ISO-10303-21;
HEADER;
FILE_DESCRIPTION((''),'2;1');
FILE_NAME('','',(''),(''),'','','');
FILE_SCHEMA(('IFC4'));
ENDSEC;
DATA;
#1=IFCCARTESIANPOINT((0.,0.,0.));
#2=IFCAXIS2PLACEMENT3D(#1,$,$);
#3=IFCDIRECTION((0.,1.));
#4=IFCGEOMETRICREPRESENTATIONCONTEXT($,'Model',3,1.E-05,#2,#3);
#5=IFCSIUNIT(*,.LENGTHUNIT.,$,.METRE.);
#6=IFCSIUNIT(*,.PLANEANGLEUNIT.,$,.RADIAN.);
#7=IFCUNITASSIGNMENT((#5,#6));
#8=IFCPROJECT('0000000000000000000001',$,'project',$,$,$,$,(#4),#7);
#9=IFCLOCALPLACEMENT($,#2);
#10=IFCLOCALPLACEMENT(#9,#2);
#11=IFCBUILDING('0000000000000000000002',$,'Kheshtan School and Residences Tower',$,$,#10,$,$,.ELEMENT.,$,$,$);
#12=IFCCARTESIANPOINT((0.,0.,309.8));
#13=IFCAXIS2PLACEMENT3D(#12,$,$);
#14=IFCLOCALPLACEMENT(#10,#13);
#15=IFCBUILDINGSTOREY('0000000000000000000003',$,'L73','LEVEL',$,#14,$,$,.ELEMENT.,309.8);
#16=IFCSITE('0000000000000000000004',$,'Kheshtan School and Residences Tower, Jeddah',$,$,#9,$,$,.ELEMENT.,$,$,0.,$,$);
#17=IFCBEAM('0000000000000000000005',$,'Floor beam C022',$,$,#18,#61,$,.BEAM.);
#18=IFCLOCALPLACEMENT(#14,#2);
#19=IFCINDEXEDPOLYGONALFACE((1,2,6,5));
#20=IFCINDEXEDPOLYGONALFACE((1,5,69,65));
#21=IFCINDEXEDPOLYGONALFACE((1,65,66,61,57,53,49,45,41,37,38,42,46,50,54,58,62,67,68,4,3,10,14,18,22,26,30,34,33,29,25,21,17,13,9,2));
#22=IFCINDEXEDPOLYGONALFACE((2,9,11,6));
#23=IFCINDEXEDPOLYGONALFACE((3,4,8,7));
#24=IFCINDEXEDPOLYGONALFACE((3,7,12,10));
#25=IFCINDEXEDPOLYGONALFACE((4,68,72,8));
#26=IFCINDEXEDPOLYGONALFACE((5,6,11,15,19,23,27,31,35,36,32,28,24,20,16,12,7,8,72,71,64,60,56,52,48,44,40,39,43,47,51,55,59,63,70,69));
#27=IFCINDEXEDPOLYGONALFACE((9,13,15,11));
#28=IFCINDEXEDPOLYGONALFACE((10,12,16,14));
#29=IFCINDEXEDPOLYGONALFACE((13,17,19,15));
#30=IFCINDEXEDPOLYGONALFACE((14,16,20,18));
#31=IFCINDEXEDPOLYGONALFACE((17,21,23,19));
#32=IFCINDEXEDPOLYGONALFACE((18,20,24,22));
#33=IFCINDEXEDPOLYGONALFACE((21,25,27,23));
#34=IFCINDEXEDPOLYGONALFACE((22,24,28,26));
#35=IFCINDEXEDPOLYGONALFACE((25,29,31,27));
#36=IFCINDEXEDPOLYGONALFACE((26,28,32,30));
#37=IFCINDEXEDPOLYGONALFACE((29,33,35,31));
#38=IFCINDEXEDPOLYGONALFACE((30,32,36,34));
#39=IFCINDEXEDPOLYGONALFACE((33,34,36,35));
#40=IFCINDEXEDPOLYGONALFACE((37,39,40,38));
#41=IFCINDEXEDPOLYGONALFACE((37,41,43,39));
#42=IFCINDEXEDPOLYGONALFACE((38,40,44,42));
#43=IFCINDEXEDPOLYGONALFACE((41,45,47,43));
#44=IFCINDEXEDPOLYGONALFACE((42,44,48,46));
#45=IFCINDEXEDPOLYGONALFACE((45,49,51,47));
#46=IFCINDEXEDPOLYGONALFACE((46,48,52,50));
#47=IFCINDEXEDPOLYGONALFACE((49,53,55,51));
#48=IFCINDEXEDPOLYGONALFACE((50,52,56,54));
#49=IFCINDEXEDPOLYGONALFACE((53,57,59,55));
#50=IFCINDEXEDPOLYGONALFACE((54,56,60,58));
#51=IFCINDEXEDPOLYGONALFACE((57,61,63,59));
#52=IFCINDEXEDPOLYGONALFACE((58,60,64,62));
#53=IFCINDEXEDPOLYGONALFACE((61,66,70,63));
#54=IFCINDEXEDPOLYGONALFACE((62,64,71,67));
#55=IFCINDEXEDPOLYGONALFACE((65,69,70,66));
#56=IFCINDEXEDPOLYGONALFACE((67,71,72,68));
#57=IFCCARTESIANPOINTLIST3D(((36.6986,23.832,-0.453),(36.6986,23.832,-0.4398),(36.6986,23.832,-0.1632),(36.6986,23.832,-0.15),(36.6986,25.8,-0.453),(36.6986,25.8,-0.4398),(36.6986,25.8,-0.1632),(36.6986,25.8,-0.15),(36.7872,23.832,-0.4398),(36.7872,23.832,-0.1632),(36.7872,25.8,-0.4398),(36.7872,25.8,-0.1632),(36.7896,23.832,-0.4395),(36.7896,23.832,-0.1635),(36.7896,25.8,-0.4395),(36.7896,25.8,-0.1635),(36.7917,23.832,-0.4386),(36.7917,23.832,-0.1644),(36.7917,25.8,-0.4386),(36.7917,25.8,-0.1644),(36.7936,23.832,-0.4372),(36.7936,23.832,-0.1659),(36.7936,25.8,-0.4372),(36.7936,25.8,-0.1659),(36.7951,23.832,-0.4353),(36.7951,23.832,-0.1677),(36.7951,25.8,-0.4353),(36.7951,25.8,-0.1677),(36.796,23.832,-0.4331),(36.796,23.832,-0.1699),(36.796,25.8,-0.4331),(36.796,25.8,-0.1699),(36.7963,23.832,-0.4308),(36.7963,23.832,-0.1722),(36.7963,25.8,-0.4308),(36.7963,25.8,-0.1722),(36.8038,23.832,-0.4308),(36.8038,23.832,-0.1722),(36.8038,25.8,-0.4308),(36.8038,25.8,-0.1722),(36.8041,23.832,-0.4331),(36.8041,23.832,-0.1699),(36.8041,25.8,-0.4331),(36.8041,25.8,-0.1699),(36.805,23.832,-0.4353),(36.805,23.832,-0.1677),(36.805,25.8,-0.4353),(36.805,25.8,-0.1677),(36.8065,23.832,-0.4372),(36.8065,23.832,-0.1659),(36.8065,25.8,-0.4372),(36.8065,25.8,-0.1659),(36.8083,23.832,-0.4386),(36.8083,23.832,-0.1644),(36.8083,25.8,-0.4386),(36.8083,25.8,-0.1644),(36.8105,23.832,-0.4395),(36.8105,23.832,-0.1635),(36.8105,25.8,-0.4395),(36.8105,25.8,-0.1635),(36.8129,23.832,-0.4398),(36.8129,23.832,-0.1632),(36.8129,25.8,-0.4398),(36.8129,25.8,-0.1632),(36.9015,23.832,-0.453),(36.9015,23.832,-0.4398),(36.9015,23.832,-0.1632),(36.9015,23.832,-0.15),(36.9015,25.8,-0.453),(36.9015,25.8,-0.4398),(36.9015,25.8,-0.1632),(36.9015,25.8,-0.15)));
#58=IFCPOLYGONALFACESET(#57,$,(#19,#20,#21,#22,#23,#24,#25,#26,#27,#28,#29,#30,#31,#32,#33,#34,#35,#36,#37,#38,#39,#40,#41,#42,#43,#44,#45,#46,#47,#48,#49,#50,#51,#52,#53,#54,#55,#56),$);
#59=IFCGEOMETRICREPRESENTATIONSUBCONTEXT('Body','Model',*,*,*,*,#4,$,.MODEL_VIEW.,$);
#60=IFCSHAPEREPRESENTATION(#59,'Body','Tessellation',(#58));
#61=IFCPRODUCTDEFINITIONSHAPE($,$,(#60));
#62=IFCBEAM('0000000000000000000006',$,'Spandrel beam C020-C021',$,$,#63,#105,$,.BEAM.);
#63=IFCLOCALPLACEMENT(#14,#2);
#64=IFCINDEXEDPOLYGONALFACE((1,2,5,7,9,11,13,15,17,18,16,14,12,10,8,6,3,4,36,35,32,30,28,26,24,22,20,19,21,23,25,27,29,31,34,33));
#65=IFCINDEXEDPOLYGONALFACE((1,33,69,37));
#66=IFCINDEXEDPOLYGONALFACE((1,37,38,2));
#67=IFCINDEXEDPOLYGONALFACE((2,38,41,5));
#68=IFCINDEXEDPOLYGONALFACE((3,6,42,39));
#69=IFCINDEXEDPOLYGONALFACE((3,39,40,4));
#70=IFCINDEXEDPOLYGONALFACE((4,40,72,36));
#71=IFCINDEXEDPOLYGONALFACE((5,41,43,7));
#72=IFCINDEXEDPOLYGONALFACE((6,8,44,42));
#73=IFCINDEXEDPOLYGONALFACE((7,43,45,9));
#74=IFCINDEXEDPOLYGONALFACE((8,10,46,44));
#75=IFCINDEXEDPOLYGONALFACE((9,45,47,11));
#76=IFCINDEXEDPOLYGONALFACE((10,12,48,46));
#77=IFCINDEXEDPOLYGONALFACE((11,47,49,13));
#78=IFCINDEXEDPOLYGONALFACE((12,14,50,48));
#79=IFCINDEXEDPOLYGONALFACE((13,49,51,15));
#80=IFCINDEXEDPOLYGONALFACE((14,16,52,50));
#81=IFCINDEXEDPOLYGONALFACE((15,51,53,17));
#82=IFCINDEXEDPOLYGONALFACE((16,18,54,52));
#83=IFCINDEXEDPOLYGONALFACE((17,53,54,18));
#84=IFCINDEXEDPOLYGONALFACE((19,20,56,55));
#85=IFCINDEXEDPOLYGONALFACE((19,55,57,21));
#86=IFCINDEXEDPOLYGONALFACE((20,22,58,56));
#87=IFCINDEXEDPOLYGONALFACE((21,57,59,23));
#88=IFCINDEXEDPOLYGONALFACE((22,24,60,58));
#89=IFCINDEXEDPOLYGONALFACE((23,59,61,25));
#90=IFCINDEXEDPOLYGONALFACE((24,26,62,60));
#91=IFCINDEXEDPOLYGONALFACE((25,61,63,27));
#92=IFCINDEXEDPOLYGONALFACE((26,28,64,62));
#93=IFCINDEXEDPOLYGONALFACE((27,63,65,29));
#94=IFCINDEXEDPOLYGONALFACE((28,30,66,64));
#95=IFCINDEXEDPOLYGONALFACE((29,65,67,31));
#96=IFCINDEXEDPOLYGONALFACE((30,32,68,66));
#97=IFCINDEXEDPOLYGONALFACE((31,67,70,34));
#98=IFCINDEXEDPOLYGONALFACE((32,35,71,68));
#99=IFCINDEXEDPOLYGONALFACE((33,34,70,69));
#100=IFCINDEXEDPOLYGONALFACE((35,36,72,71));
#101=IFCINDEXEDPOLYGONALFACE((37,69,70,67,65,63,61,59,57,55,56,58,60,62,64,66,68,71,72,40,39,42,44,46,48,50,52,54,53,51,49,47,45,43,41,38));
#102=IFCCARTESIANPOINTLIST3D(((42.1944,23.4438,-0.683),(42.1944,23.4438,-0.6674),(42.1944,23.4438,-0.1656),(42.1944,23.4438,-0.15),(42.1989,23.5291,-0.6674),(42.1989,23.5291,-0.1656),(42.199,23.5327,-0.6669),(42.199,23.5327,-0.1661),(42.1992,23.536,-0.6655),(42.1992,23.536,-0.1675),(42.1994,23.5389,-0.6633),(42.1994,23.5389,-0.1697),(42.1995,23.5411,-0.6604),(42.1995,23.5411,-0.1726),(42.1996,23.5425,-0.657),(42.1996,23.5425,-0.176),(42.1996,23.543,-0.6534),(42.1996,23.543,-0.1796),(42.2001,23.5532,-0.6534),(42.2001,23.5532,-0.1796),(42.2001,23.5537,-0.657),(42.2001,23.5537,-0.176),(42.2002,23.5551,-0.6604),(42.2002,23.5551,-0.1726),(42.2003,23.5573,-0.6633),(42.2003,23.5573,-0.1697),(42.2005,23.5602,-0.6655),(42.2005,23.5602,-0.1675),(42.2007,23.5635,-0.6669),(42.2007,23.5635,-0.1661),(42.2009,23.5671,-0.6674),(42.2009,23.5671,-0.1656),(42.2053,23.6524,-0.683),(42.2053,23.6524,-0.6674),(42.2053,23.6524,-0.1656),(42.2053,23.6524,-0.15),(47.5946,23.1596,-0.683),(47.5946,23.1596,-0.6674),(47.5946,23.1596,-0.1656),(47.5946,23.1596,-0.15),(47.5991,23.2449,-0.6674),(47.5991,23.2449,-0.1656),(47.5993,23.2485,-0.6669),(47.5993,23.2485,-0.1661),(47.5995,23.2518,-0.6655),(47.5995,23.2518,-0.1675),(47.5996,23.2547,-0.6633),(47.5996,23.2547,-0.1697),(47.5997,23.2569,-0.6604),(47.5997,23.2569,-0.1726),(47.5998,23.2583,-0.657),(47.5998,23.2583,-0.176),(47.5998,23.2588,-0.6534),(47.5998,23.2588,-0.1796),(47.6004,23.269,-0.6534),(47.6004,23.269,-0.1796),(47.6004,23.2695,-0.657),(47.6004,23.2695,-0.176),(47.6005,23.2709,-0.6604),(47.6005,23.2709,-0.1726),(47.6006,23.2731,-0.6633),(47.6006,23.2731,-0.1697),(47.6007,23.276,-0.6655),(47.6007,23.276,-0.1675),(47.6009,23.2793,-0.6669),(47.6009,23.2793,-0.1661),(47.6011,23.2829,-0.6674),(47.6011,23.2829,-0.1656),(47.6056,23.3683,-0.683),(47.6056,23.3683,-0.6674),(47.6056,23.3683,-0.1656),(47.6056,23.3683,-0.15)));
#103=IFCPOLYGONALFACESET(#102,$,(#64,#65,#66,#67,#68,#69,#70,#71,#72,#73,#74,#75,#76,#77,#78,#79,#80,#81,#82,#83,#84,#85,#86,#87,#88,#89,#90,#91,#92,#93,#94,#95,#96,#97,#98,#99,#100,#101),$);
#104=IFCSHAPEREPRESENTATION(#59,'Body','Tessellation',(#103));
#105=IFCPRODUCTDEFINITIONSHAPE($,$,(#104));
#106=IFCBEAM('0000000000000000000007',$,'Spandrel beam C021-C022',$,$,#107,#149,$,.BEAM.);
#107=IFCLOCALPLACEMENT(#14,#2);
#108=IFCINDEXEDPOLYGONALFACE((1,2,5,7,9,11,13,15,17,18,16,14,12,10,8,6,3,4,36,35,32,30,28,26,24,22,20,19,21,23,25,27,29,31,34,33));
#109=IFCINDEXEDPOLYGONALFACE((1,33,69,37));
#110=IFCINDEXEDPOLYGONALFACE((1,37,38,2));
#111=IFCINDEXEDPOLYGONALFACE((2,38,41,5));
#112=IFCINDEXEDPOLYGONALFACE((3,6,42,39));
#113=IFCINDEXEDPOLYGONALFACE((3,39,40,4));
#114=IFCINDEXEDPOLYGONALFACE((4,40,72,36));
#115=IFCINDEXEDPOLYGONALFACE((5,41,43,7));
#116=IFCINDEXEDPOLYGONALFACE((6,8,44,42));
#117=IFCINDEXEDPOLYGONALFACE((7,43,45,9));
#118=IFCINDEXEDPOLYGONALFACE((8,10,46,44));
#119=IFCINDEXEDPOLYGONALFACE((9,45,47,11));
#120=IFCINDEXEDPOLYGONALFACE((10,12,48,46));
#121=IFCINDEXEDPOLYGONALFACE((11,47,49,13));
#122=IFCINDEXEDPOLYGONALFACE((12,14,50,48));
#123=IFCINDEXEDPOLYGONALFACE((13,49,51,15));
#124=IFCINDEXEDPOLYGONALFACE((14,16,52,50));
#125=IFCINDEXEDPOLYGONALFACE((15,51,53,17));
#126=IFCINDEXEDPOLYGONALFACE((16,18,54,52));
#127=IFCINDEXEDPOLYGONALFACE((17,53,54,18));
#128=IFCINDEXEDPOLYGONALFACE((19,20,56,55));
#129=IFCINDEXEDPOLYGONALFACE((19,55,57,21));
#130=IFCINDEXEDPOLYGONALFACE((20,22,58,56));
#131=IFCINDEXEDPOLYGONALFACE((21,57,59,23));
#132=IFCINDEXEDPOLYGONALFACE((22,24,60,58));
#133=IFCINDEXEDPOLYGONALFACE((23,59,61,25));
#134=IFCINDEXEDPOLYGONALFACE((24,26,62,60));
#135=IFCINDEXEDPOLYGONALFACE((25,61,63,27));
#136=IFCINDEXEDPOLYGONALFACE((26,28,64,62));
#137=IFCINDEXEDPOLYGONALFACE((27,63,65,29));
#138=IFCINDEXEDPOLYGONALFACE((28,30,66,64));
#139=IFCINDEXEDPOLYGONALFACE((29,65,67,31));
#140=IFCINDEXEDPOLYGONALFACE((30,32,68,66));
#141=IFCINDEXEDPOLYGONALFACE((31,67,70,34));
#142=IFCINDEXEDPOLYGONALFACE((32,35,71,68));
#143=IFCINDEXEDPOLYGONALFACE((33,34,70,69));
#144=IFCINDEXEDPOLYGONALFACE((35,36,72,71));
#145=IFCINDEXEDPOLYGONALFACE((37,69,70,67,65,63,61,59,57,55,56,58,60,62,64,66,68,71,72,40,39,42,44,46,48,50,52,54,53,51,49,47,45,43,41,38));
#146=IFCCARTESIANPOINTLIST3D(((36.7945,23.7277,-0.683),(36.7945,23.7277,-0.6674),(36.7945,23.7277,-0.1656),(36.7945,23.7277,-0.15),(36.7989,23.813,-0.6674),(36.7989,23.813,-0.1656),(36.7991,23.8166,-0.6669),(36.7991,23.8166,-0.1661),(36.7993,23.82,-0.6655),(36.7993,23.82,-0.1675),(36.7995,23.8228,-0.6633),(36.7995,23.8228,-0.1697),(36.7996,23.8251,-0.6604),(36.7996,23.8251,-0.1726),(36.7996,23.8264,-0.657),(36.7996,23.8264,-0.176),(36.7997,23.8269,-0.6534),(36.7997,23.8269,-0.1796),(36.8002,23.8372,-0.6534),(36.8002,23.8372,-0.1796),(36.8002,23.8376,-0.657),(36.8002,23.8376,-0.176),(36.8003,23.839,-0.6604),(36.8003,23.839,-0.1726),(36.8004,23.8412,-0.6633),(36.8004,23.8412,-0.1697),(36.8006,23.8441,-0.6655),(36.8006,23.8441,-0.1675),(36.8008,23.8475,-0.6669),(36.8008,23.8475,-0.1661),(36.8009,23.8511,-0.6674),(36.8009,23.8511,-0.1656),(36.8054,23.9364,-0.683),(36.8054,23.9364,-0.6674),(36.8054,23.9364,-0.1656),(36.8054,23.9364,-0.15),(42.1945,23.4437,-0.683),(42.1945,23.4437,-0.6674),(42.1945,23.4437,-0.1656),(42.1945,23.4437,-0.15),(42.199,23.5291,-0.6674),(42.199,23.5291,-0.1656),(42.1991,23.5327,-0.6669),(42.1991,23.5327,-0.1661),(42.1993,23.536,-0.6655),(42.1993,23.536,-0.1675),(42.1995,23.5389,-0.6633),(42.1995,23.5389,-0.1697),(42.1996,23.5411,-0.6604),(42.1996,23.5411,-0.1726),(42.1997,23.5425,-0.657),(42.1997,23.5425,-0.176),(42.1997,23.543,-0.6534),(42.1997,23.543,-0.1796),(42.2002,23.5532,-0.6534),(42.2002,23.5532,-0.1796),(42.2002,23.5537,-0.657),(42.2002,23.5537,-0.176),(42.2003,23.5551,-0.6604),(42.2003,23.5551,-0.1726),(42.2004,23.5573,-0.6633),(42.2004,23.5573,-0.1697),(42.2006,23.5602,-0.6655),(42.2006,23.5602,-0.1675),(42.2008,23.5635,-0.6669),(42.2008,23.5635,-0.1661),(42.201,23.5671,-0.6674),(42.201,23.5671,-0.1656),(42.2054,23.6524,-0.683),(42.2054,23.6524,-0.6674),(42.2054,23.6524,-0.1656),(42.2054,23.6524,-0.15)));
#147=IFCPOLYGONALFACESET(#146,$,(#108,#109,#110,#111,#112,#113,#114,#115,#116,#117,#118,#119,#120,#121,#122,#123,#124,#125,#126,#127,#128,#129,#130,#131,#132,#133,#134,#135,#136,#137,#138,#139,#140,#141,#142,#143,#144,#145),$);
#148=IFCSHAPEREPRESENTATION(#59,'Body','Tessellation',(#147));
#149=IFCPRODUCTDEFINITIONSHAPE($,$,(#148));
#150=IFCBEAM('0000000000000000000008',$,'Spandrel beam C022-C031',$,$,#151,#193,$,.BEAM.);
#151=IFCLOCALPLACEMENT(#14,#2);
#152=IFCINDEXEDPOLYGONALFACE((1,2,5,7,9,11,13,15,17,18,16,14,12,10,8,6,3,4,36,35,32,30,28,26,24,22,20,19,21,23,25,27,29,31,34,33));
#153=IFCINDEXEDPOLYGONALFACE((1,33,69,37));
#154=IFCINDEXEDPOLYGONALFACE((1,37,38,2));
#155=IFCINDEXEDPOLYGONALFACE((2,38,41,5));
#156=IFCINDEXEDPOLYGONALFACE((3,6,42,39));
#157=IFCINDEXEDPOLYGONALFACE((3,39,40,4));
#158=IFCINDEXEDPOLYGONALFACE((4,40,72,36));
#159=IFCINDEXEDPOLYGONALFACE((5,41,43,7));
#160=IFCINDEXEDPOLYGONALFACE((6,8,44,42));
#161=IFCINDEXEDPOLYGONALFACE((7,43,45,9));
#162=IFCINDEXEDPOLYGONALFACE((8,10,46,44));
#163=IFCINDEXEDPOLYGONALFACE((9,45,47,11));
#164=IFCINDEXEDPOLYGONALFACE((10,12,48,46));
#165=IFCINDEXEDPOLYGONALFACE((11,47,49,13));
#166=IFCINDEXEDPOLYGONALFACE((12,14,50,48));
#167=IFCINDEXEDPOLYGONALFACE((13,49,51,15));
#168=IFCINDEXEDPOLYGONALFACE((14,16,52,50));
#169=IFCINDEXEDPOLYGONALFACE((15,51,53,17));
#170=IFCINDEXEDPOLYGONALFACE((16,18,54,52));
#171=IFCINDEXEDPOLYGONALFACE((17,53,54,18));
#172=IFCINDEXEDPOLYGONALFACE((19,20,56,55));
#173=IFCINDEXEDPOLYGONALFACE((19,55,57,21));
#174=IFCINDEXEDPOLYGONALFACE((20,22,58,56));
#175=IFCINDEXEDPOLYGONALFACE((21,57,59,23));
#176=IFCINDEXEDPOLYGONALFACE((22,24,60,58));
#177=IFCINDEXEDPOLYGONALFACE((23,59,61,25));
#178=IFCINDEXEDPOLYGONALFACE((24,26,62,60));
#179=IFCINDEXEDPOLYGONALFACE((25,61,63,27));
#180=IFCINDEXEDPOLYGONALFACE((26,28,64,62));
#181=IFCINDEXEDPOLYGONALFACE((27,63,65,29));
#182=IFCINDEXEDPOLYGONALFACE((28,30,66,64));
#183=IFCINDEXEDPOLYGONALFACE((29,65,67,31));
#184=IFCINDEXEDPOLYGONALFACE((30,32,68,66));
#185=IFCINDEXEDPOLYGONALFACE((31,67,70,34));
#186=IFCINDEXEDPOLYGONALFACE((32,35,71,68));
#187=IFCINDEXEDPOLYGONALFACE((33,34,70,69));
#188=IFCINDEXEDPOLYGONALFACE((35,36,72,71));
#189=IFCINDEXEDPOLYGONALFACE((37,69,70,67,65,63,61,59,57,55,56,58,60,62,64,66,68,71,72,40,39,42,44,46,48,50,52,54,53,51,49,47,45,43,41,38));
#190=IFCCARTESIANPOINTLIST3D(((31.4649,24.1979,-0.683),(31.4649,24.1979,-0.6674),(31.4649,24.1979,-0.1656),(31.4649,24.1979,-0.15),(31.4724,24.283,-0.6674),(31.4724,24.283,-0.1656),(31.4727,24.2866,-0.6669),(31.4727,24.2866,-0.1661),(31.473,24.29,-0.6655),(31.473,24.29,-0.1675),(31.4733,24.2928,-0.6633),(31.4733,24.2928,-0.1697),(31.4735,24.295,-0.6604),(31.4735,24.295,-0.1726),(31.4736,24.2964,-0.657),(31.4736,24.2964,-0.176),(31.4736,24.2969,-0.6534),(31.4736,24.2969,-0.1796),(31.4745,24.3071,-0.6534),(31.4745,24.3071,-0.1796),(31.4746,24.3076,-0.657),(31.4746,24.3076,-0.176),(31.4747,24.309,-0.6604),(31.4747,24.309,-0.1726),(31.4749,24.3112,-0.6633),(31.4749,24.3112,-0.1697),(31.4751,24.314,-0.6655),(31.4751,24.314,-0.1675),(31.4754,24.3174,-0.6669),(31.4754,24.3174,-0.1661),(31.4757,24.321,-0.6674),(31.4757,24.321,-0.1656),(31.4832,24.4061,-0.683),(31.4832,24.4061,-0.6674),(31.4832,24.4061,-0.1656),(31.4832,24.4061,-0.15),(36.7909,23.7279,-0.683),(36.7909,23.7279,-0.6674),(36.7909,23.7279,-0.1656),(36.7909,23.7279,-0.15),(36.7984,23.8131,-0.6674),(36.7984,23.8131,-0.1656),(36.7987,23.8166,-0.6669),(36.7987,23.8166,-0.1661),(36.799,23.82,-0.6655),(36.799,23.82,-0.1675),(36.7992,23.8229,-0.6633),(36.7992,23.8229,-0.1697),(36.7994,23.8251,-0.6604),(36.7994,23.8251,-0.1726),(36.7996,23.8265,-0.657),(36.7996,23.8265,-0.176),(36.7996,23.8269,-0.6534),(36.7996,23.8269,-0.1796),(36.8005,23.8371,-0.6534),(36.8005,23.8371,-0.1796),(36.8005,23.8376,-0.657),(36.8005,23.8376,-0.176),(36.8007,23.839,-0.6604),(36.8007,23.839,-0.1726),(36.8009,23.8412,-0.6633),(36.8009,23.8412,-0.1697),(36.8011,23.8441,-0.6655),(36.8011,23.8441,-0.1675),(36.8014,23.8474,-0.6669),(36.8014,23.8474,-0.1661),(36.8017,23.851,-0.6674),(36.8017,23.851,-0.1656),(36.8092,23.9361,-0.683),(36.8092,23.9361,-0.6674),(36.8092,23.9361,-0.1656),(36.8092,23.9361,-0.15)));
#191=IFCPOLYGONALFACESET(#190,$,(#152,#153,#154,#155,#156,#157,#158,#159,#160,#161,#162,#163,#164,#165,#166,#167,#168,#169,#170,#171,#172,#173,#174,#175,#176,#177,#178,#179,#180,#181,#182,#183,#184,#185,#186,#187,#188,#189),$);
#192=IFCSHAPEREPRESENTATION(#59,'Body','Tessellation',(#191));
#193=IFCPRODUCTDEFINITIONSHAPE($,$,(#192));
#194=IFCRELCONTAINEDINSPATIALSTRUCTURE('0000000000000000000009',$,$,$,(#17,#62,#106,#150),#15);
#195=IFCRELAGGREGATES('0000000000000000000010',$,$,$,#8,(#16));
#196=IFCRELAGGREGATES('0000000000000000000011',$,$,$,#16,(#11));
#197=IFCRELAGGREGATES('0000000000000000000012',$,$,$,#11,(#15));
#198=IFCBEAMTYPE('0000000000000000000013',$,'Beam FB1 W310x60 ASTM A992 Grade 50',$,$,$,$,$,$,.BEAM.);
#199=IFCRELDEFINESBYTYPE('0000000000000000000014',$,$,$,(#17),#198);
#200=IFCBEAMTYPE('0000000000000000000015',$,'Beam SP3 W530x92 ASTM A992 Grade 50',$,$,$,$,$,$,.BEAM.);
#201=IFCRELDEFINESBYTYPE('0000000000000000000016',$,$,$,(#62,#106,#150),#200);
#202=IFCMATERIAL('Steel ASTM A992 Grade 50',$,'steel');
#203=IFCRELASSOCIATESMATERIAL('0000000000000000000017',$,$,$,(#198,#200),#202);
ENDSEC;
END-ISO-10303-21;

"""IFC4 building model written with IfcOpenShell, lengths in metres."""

from ifc_helpers import new_model, si_unit, direction, frame, origin, origin_2d, place, context, subcontext, project, spatial, i_section, extrude, material, material_profile, profile_set, type_object, element, save


model = new_model("IFC4")

# Units and contexts
model_context = context("Model", 3, precision=1e-05, world=origin(), true_north=direction((0.0, 1.0)))
body_context = subcontext(model_context, "Body", "Model", "MODEL_VIEW")
ifc_project = project(units=[si_unit("LENGTHUNIT", "METRE"), si_unit("PLANEANGLEUNIT", "RADIAN")], contexts=[model_context])

# Site, building, storey
site_placement = place(None, origin())
site = spatial("IfcSite", under=ifc_project, at=site_placement, Name="Kheshtan School and Residences Tower, Jeddah", CompositionType="ELEMENT", RefElevation=0.0)
building_placement = place(site_placement, origin())
building = spatial("IfcBuilding", under=site, at=building_placement, Name="Kheshtan School and Residences Tower", CompositionType="ELEMENT")
storey_placement = place(building_placement, frame((0.0, 0.0, 309.8)))
storey = spatial("IfcBuildingStorey", under=building, at=storey_placement, Name="L73", Description="LEVEL", CompositionType="ELEMENT", Elevation=309.8)

# Shared definitions
ifc_material_1 = material(Name="Steel ASTM A992 Grade 50", Category="steel")

# Beams
ifc_material_profile_1 = material_profile(ifc_material_1, i_section(OverallWidth=0.2029, OverallDepth=0.303, WebThickness=0.0076, FlangeThickness=0.0132, FilletRadius=0.009, at=origin_2d()), Name="W310x60")
ifc_profile_set_1 = profile_set([ifc_material_profile_1], Name="Steel ASTM A992 Grade 50")
beam_type_1 = type_object("IfcBeamType", Name="Beam FB1 W310x60 ASTM A992 Grade 50", PredefinedType="BEAM", material=ifc_profile_set_1)
beam_1_placement = place(storey_placement, frame((36.8, 23.832, -0.3015), z_axis=(0.0, 1.0, 0.0), x_axis=(-1.0, 0.0, 0.0)))
element("IfcBeam", 1, at=beam_1_placement, inside=storey, type_object=beam_type_1, Name="Floor beam C022", PredefinedType="BEAM", context=body_context, shape_type="SweptSolid", body=[
    extrude(i_section(OverallWidth=0.2029, OverallDepth=0.303, WebThickness=0.0076, FlangeThickness=0.0132, FilletRadius=0.009, at=origin_2d()), origin(), (0.0, 0.0, 1.0), 1.968),
])
ifc_material_profile_2 = material_profile(ifc_material_1, i_section(OverallWidth=0.209, OverallDepth=0.533, WebThickness=0.0103, FlangeThickness=0.0156, FilletRadius=0.0139, at=origin_2d()), Name="W530x92")
ifc_profile_set_2 = profile_set([ifc_material_profile_2], Name="Steel ASTM A992 Grade 50")
beam_type_2 = type_object("IfcBeamType", Name="Beam SP3 W530x92 ASTM A992 Grade 50", PredefinedType="BEAM", material=ifc_profile_set_2)
beam_2_placement = place(storey_placement, frame((47.6001, 23.2639, -0.4165), z_axis=(-0.998618, 0.052552, 0.0), x_axis=(-0.052552, -0.998618, 0.0)))
element("IfcBeam", 2, at=beam_2_placement, inside=storey, type_object=beam_type_2, Name="Spandrel beam C020-C021", PredefinedType="BEAM", context=body_context, shape_type="SweptSolid", body=[
    extrude(i_section(OverallWidth=0.209, OverallDepth=0.533, WebThickness=0.0103, FlangeThickness=0.0156, FilletRadius=0.0139, at=origin_2d()), origin(), (0.0, 0.0, 1.0), 5.4077),
])
beam_3_placement = place(storey_placement, frame((42.2, 23.5481, -0.4165), z_axis=(-0.99862, 0.052509, 0.0), x_axis=(-0.052509, -0.99862, 0.0)))
element("IfcBeam", 3, at=beam_3_placement, inside=storey, type_object=beam_type_2, Name="Spandrel beam C021-C022", PredefinedType="BEAM", context=body_context, shape_type="SweptSolid", body=[
    extrude(i_section(OverallWidth=0.209, OverallDepth=0.533, WebThickness=0.0103, FlangeThickness=0.0156, FilletRadius=0.0139, at=origin_2d()), origin(), (0.0, 0.0, 1.0), 5.4075),
])
beam_4_placement = place(storey_placement, frame((36.8, 23.832, -0.4165), z_axis=(-0.996129, 0.0879, 0.0), x_axis=(-0.0879, -0.996129, 0.0)))
element("IfcBeam", 4, at=beam_4_placement, inside=storey, type_object=beam_type_2, Name="Spandrel beam C022-C031", PredefinedType="BEAM", context=body_context, shape_type="SweptSolid", body=[
    extrude(i_section(OverallWidth=0.209, OverallDepth=0.533, WebThickness=0.0103, FlangeThickness=0.0156, FilletRadius=0.0139, at=origin_2d()), origin(), (0.0, 0.0, 1.0), 5.3467),
])

save(model, "model.ifc")
